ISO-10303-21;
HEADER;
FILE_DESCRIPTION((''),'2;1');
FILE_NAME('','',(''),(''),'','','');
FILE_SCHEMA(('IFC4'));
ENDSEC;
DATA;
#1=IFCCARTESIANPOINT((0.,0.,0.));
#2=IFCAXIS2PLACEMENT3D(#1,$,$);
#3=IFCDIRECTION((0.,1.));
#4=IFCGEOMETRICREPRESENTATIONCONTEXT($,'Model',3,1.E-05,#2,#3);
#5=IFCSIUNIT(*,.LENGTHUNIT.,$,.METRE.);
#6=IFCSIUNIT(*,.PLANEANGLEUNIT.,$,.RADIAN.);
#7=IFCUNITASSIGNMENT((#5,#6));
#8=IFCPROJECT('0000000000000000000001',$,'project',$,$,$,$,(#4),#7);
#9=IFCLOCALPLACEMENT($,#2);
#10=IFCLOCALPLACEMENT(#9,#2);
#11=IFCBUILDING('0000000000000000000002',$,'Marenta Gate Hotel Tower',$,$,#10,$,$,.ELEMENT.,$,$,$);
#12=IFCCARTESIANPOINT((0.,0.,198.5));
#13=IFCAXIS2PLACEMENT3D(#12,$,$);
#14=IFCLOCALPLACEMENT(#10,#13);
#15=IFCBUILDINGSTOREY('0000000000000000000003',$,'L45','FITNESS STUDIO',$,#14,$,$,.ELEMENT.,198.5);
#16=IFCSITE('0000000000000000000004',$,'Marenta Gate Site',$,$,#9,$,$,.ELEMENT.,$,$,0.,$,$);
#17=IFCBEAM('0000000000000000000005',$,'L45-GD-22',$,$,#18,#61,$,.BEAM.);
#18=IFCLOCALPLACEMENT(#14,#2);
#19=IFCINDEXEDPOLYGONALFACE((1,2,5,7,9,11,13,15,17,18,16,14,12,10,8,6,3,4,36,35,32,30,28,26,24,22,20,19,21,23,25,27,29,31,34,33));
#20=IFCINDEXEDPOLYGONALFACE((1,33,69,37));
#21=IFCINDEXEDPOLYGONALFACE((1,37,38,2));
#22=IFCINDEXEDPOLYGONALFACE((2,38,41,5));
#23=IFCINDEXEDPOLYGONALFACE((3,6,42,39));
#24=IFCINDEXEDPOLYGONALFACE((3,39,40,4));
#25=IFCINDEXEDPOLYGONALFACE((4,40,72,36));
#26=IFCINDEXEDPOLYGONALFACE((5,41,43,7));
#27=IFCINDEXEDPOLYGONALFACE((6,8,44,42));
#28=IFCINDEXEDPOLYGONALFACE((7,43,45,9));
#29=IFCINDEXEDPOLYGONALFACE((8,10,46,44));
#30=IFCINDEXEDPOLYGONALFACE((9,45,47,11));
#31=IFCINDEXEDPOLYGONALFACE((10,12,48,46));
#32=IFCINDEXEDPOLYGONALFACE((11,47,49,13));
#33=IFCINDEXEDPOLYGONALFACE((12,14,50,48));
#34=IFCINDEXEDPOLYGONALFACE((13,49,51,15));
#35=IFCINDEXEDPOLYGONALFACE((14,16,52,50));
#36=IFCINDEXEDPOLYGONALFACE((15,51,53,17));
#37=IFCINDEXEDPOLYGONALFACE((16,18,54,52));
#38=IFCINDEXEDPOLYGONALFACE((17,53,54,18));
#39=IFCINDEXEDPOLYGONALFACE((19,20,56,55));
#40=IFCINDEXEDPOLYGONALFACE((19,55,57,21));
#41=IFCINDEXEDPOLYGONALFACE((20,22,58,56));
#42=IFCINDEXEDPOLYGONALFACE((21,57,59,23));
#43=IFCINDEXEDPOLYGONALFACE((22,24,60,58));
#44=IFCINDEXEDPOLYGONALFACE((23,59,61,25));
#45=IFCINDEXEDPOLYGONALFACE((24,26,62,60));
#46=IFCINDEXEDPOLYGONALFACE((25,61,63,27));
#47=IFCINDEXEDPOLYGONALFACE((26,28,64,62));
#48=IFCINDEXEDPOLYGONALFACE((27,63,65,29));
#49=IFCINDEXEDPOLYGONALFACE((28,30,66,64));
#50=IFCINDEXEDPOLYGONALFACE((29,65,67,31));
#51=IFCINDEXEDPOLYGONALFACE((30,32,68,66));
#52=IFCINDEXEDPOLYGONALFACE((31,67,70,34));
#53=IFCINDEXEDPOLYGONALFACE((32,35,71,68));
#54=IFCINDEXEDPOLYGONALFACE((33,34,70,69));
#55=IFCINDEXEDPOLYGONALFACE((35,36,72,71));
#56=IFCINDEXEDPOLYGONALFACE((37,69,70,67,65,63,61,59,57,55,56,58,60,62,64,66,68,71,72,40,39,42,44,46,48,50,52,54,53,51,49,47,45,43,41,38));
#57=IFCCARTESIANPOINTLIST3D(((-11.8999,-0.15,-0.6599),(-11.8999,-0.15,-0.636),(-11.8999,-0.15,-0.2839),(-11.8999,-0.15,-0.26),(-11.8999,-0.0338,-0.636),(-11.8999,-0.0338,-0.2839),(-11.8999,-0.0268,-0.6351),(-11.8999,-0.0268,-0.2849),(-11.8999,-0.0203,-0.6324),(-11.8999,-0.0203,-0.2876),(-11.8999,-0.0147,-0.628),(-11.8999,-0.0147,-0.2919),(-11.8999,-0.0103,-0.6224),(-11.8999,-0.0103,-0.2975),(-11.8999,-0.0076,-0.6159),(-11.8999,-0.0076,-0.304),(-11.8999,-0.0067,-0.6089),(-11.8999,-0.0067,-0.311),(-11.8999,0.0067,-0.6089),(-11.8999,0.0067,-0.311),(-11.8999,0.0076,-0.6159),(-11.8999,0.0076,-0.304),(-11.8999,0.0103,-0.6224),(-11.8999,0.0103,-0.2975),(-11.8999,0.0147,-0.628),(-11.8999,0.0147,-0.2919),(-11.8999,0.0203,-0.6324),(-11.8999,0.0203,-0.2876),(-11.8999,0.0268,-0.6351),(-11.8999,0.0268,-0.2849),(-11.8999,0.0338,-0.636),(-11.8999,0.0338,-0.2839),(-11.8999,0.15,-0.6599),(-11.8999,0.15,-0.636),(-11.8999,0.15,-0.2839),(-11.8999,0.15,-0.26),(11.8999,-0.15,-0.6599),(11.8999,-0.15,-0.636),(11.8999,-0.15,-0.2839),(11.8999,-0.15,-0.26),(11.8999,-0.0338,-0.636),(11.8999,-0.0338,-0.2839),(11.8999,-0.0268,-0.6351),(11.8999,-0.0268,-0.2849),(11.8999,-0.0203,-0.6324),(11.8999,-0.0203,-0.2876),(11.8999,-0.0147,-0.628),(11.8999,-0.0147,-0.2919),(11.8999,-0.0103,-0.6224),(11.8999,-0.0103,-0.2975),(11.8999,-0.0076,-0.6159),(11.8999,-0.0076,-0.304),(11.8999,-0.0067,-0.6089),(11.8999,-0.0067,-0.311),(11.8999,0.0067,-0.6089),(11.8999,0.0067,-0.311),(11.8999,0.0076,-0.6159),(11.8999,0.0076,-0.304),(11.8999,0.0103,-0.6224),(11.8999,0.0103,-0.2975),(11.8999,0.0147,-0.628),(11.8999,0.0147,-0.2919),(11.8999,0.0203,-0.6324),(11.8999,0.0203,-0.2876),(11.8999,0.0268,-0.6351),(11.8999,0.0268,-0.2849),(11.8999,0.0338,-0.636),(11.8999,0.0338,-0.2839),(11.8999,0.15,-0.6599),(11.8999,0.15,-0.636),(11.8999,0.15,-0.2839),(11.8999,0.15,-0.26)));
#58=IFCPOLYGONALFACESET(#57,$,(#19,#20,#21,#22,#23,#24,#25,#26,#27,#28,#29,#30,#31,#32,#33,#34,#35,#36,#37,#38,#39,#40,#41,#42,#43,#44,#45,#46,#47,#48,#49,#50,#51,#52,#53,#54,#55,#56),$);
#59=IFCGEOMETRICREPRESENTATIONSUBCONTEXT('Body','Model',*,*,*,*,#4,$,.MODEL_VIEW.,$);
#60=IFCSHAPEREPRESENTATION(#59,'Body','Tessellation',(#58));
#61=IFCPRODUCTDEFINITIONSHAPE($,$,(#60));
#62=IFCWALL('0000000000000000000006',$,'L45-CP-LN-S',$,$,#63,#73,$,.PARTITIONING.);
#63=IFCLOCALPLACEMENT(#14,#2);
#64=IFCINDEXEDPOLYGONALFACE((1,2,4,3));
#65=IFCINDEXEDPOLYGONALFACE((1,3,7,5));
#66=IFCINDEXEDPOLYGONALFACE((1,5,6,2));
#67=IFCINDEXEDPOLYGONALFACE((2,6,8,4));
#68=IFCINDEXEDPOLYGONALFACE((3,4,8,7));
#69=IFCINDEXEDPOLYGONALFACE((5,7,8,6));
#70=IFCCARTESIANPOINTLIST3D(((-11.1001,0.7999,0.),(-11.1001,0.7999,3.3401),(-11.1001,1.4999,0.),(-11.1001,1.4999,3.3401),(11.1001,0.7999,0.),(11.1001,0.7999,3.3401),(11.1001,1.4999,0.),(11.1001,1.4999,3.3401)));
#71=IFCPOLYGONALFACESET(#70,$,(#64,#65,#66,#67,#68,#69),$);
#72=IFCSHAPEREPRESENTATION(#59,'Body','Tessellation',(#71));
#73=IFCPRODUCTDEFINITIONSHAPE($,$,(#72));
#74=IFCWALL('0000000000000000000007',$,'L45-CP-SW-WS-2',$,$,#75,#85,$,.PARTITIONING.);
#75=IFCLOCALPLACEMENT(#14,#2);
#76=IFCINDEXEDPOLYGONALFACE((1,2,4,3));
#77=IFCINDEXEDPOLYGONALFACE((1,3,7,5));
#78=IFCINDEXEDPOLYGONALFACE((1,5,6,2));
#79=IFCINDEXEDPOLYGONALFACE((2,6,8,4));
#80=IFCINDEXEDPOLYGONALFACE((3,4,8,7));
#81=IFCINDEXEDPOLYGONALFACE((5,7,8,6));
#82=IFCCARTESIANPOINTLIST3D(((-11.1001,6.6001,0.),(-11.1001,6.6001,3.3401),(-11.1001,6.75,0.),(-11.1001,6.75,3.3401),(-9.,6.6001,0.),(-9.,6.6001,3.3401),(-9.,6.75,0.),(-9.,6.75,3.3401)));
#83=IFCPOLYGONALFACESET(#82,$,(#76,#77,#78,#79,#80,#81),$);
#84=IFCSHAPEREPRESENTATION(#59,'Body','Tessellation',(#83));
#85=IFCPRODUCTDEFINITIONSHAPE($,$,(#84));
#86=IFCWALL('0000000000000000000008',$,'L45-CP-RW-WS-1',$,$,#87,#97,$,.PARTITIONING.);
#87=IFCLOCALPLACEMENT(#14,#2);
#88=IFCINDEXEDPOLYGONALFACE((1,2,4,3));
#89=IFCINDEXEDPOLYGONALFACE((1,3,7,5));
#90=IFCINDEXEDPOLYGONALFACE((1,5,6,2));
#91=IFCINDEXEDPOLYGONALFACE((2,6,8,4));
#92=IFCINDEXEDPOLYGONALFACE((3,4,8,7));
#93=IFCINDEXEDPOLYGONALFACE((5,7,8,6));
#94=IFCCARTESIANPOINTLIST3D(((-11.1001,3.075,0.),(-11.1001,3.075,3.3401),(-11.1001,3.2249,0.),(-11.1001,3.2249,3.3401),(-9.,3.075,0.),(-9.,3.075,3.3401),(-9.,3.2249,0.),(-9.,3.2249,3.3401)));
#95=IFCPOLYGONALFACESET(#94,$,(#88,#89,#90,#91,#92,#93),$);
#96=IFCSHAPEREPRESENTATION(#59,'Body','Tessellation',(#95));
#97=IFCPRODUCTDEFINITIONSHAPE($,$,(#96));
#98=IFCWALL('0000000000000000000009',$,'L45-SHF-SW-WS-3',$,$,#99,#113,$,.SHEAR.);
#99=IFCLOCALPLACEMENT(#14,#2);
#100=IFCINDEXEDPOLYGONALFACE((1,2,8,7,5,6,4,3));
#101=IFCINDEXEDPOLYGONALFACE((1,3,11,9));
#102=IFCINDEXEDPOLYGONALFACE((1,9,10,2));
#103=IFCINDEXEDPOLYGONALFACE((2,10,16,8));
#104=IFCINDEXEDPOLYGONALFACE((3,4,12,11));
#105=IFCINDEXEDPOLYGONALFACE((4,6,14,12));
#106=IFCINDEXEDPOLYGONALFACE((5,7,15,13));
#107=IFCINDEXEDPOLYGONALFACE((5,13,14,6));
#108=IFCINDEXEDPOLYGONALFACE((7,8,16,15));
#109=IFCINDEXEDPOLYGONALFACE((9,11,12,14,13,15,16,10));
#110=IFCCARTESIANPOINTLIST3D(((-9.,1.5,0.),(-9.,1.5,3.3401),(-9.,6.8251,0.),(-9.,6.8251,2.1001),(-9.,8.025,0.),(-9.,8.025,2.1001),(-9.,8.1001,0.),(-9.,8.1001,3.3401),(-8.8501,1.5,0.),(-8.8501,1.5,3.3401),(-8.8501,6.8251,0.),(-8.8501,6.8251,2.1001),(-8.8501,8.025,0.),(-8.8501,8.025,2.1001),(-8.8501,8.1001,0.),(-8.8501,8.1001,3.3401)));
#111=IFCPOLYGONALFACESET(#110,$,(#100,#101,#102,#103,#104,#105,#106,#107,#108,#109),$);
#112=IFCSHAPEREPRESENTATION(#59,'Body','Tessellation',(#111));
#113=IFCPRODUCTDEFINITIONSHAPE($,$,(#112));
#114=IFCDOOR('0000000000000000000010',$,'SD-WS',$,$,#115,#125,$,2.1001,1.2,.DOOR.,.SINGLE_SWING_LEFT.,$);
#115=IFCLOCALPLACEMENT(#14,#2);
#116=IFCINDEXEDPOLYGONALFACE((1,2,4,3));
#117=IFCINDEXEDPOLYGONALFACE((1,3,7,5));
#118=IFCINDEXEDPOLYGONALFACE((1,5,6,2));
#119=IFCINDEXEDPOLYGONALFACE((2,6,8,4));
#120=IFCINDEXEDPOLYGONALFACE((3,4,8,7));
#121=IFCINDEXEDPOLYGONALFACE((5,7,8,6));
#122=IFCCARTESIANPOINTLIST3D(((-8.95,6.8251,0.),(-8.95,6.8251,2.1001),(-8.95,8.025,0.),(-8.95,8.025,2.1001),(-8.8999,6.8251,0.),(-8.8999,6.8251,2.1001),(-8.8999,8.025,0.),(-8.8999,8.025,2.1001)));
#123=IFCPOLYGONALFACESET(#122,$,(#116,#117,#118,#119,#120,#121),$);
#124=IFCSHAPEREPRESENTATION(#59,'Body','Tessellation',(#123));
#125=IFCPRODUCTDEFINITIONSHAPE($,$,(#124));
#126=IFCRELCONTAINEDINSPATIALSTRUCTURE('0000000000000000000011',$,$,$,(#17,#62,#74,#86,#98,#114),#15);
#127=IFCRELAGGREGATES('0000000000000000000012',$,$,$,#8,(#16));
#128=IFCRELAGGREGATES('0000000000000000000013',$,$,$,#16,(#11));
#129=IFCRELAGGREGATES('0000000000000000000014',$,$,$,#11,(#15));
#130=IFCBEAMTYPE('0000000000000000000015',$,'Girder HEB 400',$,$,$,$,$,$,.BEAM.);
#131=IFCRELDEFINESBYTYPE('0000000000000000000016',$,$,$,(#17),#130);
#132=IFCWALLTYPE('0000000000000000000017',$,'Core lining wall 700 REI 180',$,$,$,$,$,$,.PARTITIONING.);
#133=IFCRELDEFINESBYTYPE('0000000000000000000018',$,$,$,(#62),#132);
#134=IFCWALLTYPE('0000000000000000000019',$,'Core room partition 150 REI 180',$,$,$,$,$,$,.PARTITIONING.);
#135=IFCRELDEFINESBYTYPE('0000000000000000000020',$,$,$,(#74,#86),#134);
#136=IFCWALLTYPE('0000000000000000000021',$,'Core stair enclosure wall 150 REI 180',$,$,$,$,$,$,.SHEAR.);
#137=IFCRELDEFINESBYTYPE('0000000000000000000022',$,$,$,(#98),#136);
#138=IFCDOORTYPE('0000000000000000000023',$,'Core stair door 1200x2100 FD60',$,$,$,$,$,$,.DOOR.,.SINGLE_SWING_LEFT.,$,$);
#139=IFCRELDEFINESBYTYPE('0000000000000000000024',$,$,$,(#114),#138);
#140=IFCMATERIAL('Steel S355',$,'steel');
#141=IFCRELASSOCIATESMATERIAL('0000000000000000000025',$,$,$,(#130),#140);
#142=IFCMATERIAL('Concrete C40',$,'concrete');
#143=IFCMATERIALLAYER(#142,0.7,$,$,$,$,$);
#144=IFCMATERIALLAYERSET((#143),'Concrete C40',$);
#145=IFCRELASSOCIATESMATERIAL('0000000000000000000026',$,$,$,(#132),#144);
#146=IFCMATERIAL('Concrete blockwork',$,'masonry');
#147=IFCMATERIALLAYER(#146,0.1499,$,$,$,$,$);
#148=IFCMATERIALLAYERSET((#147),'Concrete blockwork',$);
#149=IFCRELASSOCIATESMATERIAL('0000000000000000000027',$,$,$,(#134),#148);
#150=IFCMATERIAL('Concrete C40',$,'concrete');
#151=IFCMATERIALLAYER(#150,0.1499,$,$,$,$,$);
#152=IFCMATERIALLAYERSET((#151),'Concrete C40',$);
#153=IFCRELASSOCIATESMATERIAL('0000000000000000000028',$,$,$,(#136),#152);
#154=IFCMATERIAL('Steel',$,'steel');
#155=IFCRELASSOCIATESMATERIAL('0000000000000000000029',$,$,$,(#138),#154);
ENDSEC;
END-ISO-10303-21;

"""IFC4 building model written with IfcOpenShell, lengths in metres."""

from ifc_helpers import new_model, si_unit, direction, frame, frame_2d, origin, origin_2d, place, context, subcontext, project, spatial, rectangle, i_section, extrude, material, layer, layer_set, material_profile, profile_set, type_object, element, fill, save


model = new_model("IFC4")

# Units and contexts
model_context = context("Model", 3, precision=1e-05, world=origin(), true_north=direction((0.0, 1.0)))
body_context = subcontext(model_context, "Body", "Model", "MODEL_VIEW")
ifc_project = project(units=[si_unit("LENGTHUNIT", "METRE"), si_unit("PLANEANGLEUNIT", "RADIAN")], contexts=[model_context])

# Site, building, storey
site_placement = place(None, origin())
site = spatial("IfcSite", under=ifc_project, at=site_placement, Name="Marenta Gate Site", CompositionType="ELEMENT", RefElevation=0.0)
building_placement = place(site_placement, origin())
building = spatial("IfcBuilding", under=site, at=building_placement, Name="Marenta Gate Hotel Tower", CompositionType="ELEMENT")
storey_placement = place(building_placement, frame((0.0, 0.0, 198.5)))
storey = spatial("IfcBuildingStorey", under=building, at=storey_placement, Name="L45", Description="FITNESS STUDIO", CompositionType="ELEMENT", Elevation=198.5)

# Beam
ifc_material_1 = material(Name="Steel S355", Category="steel")
ifc_material_profile = material_profile(ifc_material_1, i_section(OverallWidth=0.3, OverallDepth=0.3999, WebThickness=0.0134, FlangeThickness=0.0239, FilletRadius=0.0271, at=origin_2d()), Name="HEB 400")
ifc_profile_set = profile_set([ifc_material_profile], Name="Steel S355")
beam_type = type_object("IfcBeamType", Name="Girder HEB 400", PredefinedType="BEAM", material=ifc_profile_set)
beam_placement = place(storey_placement, frame((-11.8999, 0.0, -0.46), z_axis=(1.0, 0.0, 0.0), x_axis=(0.0, 1.0, 0.0)))
element("IfcBeam", 1, at=beam_placement, inside=storey, type_object=beam_type, Name="L45-GD-22", PredefinedType="BEAM", context=body_context, shape_type="SweptSolid", body=[
    extrude(i_section(OverallWidth=0.3, OverallDepth=0.3999, WebThickness=0.0134, FlangeThickness=0.0239, FilletRadius=0.0271, at=origin_2d()), origin(), (0.0, 0.0, 1.0), 23.7998),
])

# Walls
ifc_material_2 = material(Name="Concrete C40", Category="concrete")
ifc_layer_1 = layer(ifc_material_2, 0.7)
ifc_layer_set_1 = layer_set([ifc_layer_1], Name="Concrete C40")
wall_type_1 = type_object("IfcWallType", Name="Core lining wall 700 REI 180", PredefinedType="PARTITIONING", material=ifc_layer_set_1)
wall_1_placement = place(storey_placement, frame((-11.1001, 1.1499, 0.0), z_axis=(0.0, 0.0, 1.0), x_axis=(1.0, 0.0, 0.0)))
element("IfcWall", 2, at=wall_1_placement, inside=storey, type_object=wall_type_1, Name="L45-CP-LN-S", PredefinedType="PARTITIONING", context=body_context, shape_type="SweptSolid", body=[
    extrude(rectangle(XDim=22.2002, YDim=0.7, at=frame_2d((11.1001, 0.0))), origin(), (0.0, 0.0, 1.0), 3.3401),
])
ifc_material_3 = material(Name="Concrete blockwork", Category="masonry")
ifc_layer_2 = layer(ifc_material_3, 0.1499)
ifc_layer_set_2 = layer_set([ifc_layer_2], Name="Concrete blockwork")
wall_type_2 = type_object("IfcWallType", Name="Core room partition 150 REI 180", PredefinedType="PARTITIONING", material=ifc_layer_set_2)
for number, where, z_axis, x_axis, name in (
    (3, (-11.1001, 6.675, 0.0), (0.0, 0.0, 1.0), (1.0, 0.0, 0.0), "L45-CP-SW-WS-2"),
    (4, (-11.1001, 3.1499, 0.0), (0.0, 0.0, 1.0), (1.0, 0.0, 0.0), "L45-CP-RW-WS-1"),
):
    element("IfcWall", number, at=place(storey_placement, frame(where, z_axis=z_axis, x_axis=x_axis)), inside=storey, type_object=wall_type_2, Name=name, PredefinedType="PARTITIONING", context=body_context, shape_type="SweptSolid", body=[
        extrude(rectangle(XDim=2.1001, YDim=0.1499, at=frame_2d((1.05, 0.0))), origin(), (0.0, 0.0, 1.0), 3.3401),
    ])

# Wall, opening, door
ifc_material_4 = material(Name="Concrete C40", Category="concrete")
ifc_layer_3 = layer(ifc_material_4, 0.1499)
ifc_layer_set_3 = layer_set([ifc_layer_3], Name="Concrete C40")
wall_type_3 = type_object("IfcWallType", Name="Core stair enclosure wall 150 REI 180", PredefinedType="SHEAR", material=ifc_layer_set_3)
wall_2_placement = place(storey_placement, frame((-8.925, 1.5, 0.0), z_axis=(0.0, 0.0, 1.0), x_axis=(0.0, 1.0, 0.0)))
wall_2 = element("IfcWall", 5, at=wall_2_placement, inside=storey, type_object=wall_type_3, Name="L45-SHF-SW-WS-3", PredefinedType="SHEAR", context=body_context, shape_type="SweptSolid", body=[
    extrude(rectangle(XDim=6.6001, YDim=0.1499, at=frame_2d((3.3, 0.0))), origin(), (0.0, 0.0, 1.0), 3.3401),
])
opening_1_placement = place(wall_2_placement, frame((5.325, 0.0, 0.0)))
opening_1 = element("IfcOpeningElement", 6, at=opening_1_placement, cuts=wall_2, PredefinedType="OPENING", context=body_context, shape_type="SweptSolid", body=[
    extrude(rectangle(XDim=1.2, YDim=2.1001, at=frame_2d((0.6001, 1.05))), frame((0.0, 0.075, 0.0), z_axis=(0.0, -1.0, 0.0), x_axis=(1.0, 0.0, 0.0)), (0.0, 0.0, 1.0), 0.1499),
])
ifc_material_5 = material(Name="Steel", Category="steel")
door_type_1 = type_object("IfcDoorType", Name="Core stair door 1200x2100 FD60", OperationType="SINGLE_SWING_LEFT", PredefinedType="DOOR", material=ifc_material_5)
door_1_placement = place(opening_1_placement, origin())
door_1 = element("IfcDoor", 7, at=door_1_placement, inside=storey, type_object=door_type_1, Name="SD-WS", OperationType="SINGLE_SWING_LEFT", OverallHeight=2.1001, OverallWidth=1.2, PredefinedType="DOOR", context=body_context, shape_type="SweptSolid", body=[
    extrude(rectangle(XDim=1.2, YDim=2.1001, at=frame_2d((0.6001, 1.05))), frame((0.0, 0.0249, 0.0), z_axis=(0.0, -1.0, 0.0), x_axis=(1.0, 0.0, 0.0)), (0.0, 0.0, 1.0), 0.05),
])
fill(opening_1, door_1)

save(model, "model.ifc")
